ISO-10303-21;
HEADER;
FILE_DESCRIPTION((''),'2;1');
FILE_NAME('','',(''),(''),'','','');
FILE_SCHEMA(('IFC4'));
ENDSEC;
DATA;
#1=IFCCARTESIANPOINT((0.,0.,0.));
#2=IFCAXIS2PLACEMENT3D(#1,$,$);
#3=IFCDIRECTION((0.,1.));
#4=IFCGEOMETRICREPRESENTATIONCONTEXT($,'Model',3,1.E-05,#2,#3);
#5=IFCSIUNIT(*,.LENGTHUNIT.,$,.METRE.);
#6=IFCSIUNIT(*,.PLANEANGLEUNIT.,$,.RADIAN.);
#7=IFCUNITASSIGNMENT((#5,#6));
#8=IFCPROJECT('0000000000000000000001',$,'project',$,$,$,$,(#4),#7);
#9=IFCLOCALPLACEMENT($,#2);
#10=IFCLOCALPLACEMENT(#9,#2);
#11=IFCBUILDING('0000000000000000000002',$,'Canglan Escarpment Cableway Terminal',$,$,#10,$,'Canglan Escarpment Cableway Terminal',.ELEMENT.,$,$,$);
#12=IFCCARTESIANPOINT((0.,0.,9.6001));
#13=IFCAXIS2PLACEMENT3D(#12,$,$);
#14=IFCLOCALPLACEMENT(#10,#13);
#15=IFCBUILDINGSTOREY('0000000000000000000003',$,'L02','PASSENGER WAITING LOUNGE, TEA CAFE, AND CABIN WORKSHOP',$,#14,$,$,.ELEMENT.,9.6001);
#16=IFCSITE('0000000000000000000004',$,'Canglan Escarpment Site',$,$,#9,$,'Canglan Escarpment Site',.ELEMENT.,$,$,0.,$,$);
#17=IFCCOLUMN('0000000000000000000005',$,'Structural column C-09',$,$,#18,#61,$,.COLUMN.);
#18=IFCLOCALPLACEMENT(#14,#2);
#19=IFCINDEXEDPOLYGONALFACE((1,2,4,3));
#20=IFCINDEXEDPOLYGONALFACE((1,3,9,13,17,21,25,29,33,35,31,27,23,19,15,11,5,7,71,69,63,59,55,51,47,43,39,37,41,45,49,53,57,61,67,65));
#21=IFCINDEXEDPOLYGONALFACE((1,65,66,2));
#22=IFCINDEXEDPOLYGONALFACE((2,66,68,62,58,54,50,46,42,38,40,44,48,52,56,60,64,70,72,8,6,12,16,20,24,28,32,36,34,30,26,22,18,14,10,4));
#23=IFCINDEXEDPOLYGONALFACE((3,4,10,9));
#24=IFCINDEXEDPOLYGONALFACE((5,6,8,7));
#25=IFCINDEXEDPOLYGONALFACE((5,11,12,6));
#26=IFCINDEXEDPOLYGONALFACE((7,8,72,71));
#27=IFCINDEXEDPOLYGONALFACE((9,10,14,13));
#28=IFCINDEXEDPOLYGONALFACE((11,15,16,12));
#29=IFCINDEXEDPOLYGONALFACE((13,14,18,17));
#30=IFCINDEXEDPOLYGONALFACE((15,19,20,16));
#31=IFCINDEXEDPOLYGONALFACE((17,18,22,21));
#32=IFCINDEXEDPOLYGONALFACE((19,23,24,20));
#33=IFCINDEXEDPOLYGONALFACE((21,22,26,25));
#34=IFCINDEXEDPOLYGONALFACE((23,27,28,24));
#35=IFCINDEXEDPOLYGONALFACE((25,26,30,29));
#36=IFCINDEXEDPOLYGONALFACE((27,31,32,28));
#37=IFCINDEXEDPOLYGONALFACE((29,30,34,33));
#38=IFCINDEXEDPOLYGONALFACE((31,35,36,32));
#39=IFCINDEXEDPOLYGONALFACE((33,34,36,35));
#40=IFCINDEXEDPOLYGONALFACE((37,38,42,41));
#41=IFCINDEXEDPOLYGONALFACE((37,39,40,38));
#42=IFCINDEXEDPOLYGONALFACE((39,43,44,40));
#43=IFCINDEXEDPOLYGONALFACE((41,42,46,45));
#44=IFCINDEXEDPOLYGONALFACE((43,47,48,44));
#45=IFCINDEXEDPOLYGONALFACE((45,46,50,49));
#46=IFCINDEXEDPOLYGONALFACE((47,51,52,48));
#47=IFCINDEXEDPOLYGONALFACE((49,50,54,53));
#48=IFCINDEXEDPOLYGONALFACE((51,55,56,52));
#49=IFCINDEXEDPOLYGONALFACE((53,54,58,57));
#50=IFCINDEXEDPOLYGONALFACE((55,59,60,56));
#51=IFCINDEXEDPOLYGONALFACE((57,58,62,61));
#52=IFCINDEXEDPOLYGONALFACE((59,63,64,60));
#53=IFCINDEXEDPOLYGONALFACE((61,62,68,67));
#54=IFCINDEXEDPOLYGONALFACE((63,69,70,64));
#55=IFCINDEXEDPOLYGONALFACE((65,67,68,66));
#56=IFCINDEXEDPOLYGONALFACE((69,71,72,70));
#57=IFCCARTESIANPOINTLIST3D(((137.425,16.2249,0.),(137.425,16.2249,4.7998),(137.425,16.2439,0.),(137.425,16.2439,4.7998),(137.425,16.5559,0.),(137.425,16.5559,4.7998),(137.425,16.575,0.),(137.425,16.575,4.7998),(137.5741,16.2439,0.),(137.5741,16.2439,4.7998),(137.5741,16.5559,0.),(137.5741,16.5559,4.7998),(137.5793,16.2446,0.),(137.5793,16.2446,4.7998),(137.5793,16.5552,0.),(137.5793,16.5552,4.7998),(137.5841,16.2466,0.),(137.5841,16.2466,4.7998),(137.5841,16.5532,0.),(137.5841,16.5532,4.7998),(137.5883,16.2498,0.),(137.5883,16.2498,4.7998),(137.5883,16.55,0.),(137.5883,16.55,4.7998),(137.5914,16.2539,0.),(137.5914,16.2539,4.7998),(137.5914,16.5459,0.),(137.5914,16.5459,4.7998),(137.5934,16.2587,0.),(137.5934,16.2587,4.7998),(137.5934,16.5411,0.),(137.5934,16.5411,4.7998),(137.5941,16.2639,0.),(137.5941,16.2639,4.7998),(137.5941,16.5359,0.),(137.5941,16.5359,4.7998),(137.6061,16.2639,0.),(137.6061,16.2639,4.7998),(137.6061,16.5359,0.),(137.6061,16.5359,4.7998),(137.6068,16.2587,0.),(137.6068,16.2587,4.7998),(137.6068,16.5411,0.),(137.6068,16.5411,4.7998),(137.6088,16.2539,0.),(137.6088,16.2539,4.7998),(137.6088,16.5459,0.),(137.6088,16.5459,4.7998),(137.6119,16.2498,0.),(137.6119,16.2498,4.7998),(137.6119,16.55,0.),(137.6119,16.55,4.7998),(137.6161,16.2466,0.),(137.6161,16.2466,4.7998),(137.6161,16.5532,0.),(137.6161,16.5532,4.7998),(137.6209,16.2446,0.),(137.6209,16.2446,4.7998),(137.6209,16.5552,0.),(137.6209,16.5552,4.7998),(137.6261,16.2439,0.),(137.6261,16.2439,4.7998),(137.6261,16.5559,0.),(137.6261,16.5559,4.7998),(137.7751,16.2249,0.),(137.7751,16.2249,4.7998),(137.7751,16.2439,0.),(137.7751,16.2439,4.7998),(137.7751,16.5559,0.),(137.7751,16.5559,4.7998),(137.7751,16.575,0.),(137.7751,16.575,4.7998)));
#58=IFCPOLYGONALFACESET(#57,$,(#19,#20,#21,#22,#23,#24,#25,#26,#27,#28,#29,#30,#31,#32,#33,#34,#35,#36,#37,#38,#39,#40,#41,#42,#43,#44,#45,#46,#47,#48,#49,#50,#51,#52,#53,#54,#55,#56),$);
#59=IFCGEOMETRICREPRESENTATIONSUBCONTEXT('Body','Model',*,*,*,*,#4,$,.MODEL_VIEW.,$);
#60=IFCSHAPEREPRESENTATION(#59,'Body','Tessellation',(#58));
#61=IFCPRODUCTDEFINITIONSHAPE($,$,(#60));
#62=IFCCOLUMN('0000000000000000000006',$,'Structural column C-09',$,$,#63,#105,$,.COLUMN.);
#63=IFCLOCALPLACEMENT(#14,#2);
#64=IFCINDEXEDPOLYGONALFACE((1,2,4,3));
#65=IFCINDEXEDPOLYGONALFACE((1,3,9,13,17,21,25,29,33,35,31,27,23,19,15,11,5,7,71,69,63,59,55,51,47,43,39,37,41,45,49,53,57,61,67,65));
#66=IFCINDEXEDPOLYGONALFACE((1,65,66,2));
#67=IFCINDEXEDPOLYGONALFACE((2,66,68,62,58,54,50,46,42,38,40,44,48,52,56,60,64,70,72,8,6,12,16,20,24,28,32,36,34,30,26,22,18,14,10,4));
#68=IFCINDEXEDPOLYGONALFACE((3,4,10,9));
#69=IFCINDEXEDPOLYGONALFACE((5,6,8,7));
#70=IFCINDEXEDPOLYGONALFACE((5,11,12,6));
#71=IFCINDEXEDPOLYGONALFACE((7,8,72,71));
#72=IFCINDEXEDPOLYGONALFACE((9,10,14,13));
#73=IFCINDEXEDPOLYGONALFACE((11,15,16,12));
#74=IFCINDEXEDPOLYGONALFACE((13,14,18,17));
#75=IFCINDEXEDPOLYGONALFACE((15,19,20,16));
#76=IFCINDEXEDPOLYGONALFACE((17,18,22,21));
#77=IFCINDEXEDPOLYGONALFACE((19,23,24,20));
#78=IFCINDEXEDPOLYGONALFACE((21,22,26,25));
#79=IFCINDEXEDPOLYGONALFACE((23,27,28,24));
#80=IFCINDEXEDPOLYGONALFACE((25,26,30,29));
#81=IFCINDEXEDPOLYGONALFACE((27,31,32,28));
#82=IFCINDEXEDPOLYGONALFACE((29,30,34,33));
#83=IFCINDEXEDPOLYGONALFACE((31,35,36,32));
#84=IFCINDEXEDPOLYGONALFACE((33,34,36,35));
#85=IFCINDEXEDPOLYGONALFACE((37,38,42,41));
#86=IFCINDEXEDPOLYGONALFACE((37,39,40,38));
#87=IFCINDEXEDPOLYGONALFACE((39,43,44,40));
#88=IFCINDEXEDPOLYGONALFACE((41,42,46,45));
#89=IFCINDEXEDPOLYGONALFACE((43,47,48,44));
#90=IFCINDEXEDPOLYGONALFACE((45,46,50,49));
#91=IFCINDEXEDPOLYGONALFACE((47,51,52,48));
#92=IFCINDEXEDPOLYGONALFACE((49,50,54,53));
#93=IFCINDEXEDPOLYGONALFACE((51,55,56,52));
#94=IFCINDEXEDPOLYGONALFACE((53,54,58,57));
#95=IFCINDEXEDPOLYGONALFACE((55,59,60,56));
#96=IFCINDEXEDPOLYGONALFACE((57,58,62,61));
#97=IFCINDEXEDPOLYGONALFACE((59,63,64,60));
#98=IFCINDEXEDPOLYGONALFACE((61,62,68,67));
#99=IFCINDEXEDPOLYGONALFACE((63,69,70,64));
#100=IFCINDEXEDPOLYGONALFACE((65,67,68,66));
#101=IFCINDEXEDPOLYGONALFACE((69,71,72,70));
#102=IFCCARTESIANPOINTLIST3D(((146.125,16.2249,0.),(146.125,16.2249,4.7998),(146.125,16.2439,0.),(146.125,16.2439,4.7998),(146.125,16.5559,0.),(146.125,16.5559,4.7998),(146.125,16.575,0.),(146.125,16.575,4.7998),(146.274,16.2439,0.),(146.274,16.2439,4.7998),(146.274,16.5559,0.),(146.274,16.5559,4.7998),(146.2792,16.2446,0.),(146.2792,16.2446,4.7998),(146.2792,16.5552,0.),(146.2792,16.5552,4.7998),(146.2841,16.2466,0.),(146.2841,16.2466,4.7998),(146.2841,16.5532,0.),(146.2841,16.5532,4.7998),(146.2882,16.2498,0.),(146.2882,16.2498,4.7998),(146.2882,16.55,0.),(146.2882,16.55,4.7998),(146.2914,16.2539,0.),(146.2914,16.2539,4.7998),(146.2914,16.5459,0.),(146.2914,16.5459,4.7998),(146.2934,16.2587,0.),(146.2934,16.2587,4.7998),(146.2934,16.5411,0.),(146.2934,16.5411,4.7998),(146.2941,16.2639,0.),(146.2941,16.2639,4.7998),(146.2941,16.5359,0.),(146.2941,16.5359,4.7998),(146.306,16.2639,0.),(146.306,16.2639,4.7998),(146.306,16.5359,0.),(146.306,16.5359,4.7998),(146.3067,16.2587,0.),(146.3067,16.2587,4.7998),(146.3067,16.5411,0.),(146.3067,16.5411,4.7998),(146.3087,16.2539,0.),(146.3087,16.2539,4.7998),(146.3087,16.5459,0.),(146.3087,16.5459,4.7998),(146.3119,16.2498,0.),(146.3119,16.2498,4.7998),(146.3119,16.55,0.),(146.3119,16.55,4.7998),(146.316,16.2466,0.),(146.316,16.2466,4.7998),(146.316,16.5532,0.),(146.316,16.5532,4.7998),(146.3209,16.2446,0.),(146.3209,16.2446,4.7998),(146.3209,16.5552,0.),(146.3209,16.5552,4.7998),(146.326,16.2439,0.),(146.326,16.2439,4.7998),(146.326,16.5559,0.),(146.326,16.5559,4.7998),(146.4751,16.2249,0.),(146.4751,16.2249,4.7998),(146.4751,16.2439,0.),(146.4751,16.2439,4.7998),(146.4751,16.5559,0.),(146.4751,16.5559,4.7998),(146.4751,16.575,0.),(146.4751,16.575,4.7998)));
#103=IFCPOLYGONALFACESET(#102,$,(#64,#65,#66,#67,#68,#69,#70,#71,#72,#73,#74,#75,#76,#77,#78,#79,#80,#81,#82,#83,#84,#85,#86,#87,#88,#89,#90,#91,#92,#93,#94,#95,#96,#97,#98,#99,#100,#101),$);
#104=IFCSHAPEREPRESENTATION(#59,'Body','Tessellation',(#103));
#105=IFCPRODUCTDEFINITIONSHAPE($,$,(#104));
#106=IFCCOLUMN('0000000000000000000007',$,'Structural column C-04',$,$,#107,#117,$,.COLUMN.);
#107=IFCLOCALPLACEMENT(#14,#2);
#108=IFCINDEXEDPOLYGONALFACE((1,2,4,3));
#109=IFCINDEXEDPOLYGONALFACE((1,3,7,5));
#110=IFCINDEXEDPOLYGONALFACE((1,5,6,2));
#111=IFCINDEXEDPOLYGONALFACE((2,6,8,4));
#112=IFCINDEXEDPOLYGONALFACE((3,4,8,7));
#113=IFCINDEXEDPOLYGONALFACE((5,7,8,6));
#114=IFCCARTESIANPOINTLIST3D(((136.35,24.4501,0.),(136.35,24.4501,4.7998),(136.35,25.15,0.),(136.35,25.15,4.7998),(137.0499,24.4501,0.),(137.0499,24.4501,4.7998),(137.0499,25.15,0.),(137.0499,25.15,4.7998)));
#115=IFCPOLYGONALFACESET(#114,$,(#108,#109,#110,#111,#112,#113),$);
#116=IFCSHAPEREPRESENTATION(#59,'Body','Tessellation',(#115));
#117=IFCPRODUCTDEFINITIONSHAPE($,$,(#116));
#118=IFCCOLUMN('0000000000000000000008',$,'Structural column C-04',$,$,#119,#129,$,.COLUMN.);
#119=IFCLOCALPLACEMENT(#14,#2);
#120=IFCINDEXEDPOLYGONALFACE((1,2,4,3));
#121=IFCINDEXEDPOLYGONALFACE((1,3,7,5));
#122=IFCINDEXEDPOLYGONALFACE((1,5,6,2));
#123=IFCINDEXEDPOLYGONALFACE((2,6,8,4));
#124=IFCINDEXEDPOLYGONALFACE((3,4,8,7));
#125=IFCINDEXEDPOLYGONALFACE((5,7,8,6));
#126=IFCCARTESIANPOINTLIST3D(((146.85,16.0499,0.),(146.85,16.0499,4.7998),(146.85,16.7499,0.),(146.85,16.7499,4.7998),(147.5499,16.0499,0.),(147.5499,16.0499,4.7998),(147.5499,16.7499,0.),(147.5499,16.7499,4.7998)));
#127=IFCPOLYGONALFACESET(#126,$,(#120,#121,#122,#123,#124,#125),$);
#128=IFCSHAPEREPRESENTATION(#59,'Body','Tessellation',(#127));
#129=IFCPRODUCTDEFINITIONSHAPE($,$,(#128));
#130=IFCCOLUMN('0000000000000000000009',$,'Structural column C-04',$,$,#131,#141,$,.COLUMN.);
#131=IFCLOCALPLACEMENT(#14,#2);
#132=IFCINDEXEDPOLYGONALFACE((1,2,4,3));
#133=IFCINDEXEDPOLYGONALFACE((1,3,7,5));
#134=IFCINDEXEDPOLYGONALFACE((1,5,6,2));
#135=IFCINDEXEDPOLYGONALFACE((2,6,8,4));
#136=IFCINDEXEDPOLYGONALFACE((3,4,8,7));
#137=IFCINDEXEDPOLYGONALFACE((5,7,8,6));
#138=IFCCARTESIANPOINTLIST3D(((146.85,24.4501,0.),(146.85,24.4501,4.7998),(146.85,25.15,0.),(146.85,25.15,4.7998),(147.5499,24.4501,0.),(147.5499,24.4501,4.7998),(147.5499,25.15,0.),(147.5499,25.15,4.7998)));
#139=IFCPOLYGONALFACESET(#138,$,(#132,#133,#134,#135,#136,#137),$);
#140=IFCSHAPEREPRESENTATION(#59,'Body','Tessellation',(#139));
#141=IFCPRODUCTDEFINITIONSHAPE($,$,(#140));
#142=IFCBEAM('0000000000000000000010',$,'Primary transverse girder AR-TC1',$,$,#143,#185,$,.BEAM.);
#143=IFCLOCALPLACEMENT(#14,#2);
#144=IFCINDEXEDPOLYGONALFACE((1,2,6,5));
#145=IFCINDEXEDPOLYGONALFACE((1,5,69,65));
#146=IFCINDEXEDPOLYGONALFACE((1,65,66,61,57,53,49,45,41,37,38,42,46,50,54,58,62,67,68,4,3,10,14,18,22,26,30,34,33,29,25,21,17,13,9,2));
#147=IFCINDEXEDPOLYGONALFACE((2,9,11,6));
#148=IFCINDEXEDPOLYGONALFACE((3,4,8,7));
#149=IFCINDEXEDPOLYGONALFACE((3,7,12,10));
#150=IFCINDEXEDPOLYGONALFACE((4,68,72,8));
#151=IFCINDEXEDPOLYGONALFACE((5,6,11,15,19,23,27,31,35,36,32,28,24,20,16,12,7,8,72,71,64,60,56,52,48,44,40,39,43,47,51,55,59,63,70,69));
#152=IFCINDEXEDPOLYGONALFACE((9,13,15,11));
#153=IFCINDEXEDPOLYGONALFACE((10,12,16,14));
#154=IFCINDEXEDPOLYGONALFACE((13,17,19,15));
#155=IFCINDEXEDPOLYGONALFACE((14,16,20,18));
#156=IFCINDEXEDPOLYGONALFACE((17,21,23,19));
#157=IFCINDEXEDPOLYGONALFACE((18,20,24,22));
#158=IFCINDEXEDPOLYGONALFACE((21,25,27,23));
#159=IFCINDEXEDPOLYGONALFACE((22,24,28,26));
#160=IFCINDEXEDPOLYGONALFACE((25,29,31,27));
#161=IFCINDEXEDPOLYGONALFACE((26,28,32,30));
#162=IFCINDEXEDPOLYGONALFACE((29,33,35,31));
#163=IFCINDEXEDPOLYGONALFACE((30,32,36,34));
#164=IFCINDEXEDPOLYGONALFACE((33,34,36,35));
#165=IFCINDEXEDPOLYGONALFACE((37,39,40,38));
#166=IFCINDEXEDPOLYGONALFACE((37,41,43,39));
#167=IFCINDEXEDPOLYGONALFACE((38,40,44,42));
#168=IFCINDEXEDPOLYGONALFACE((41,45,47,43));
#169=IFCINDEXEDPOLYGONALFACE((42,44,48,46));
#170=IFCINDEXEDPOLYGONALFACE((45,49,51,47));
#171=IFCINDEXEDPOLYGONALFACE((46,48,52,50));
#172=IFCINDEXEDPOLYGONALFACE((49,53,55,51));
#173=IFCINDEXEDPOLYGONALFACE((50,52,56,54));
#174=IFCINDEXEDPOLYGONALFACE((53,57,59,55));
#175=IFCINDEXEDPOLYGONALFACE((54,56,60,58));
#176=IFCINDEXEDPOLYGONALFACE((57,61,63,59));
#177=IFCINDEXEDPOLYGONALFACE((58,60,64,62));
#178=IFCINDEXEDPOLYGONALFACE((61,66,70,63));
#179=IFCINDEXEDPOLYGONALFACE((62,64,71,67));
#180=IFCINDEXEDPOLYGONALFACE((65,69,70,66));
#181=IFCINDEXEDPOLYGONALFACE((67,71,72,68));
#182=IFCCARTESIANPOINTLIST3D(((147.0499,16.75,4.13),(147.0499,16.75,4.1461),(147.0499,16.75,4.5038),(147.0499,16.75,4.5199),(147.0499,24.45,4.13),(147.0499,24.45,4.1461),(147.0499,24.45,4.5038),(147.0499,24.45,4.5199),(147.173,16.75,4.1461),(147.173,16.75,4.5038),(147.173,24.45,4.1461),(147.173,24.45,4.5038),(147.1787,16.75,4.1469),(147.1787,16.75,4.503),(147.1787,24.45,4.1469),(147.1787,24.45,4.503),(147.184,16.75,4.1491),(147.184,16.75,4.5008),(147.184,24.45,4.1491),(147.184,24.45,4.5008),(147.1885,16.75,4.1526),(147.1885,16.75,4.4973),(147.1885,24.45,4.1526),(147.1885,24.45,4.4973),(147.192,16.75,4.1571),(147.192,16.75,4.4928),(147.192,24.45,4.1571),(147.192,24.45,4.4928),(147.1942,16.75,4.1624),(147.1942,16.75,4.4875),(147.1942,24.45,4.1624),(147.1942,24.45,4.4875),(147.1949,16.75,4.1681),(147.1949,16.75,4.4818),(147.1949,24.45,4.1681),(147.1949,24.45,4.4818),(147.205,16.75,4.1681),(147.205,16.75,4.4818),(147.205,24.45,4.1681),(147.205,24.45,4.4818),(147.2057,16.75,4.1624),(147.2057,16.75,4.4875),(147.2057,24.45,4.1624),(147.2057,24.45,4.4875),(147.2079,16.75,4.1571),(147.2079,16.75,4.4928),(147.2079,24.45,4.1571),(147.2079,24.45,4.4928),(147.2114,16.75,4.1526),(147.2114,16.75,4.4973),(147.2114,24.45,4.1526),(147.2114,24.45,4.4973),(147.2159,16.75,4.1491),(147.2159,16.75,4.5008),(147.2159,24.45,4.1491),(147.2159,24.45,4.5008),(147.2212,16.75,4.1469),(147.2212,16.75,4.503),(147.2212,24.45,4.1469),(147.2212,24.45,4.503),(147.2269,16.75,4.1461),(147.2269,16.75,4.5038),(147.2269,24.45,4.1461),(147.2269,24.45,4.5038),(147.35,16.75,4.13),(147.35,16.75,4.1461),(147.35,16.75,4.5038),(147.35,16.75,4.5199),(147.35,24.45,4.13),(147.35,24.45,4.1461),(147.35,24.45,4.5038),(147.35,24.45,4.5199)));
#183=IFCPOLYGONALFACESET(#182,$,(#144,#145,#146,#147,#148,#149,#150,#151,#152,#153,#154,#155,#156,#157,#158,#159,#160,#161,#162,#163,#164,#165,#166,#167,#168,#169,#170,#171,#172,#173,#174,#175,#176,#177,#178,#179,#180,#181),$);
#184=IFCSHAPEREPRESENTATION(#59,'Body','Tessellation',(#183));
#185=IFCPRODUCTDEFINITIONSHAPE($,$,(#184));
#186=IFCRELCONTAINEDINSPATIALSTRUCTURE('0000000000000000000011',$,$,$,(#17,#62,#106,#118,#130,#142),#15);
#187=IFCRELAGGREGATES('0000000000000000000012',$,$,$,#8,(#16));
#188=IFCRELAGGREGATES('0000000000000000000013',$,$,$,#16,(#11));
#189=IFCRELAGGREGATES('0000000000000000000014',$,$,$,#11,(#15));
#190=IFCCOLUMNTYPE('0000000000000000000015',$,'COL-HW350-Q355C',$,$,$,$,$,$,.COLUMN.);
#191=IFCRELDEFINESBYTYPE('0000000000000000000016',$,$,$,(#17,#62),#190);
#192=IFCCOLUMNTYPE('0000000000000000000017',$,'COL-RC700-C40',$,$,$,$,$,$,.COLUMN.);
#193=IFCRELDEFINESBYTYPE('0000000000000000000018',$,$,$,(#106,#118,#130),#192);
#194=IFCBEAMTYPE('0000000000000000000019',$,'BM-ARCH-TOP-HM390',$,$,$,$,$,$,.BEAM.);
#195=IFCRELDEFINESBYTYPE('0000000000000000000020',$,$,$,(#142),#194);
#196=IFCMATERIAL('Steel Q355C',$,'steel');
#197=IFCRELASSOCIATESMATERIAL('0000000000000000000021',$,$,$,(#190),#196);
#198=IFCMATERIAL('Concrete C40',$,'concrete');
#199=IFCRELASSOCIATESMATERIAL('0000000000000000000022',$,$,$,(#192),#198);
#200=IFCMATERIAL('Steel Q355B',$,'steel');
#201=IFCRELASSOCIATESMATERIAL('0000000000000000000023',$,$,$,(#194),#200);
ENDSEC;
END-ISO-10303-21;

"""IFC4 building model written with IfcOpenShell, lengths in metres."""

from ifc_helpers import new_model, si_unit, direction, frame, origin, origin_2d, place, context, subcontext, project, spatial, rectangle, i_section, extrude, material, material_profile, profile_set, type_object, element, save


model = new_model("IFC4")

# Units and contexts
model_context = context("Model", 3, precision=1e-05, world=origin(), true_north=direction((0.0, 1.0)))
body_context = subcontext(model_context, "Body", "Model", "MODEL_VIEW")
ifc_project = project(units=[si_unit("LENGTHUNIT", "METRE"), si_unit("PLANEANGLEUNIT", "RADIAN")], contexts=[model_context])

# Site, building, storey
site_placement = place(None, origin())
site = spatial("IfcSite", under=ifc_project, at=site_placement, Name="Canglan Escarpment Site", LongName="Canglan Escarpment Site", CompositionType="ELEMENT", RefElevation=0.0)
building_placement = place(site_placement, origin())
building = spatial("IfcBuilding", under=site, at=building_placement, Name="Canglan Escarpment Cableway Terminal", LongName="Canglan Escarpment Cableway Terminal", CompositionType="ELEMENT")
storey_placement = place(building_placement, frame((0.0, 0.0, 9.6001)))
storey = spatial("IfcBuildingStorey", under=building, at=storey_placement, Name="L02", Description="PASSENGER WAITING LOUNGE, TEA CAFE, AND CABIN WORKSHOP", CompositionType="ELEMENT", Elevation=9.6001)

# Columns
ifc_material_1 = material(Name="Steel Q355C", Category="steel")
ifc_material_profile_1 = material_profile(ifc_material_1, i_section(OverallWidth=0.3501, OverallDepth=0.3501, WebThickness=0.012, FlangeThickness=0.019, FilletRadius=0.02, at=origin_2d()), Name="HW 350x350x12x19")
ifc_profile_set_1 = profile_set([ifc_material_profile_1], Name="Steel Q355C")
column_type_1 = type_object("IfcColumnType", Name="COL-HW350-Q355C", PredefinedType="COLUMN", material=ifc_profile_set_1)
for number, where, z_axis, x_axis, name in (
    (1, (137.6001, 16.3999, 0.0), (0.0, 0.0, 1.0), (1.0, 0.0, 0.0), "Structural column C-09"),
    (2, (146.3, 16.3999, 0.0), (0.0, 0.0, 1.0), (1.0, 0.0, 0.0), "Structural column C-09"),
):
    element("IfcColumn", number, at=place(storey_placement, frame(where, z_axis=z_axis, x_axis=x_axis)), inside=storey, type_object=column_type_1, Name=name, PredefinedType="COLUMN", context=body_context, shape_type="SweptSolid", body=[
        extrude(i_section(OverallWidth=0.3501, OverallDepth=0.3501, WebThickness=0.012, FlangeThickness=0.019, FilletRadius=0.02, at=origin_2d()), origin(), (0.0, 0.0, 1.0), 4.7998),
    ])
ifc_material_2 = material(Name="Concrete C40", Category="concrete")
ifc_material_profile_2 = material_profile(ifc_material_2, rectangle(XDim=0.7, YDim=0.7, at=origin_2d()), Name="RC 700x700")
ifc_profile_set_2 = profile_set([ifc_material_profile_2], Name="Concrete C40")
column_type_2 = type_object("IfcColumnType", Name="COL-RC700-C40", PredefinedType="COLUMN", material=ifc_profile_set_2)
for number, where, z_axis, x_axis, name in (
    (3, (136.7, 24.8, 0.0), (0.0, 0.0, 1.0), (1.0, 0.0, 0.0), "Structural column C-04"),
    (4, (147.2, 16.3999, 0.0), (0.0, 0.0, 1.0), (1.0, 0.0, 0.0), "Structural column C-04"),
    (5, (147.2, 24.8, 0.0), (0.0, 0.0, 1.0), (1.0, 0.0, 0.0), "Structural column C-04"),
):
    element("IfcColumn", number, at=place(storey_placement, frame(where, z_axis=z_axis, x_axis=x_axis)), inside=storey, type_object=column_type_2, Name=name, PredefinedType="COLUMN", context=body_context, shape_type="SweptSolid", body=[
        extrude(rectangle(XDim=0.7, YDim=0.7, at=origin_2d()), origin(), (0.0, 0.0, 1.0), 4.7998),
    ])

# Beam
ifc_material_3 = material(Name="Steel Q355B", Category="steel")
ifc_material_profile_3 = material_profile(ifc_material_3, i_section(OverallWidth=0.3, OverallDepth=0.3899, WebThickness=0.01, FlangeThickness=0.0161, FilletRadius=0.022, at=origin_2d()), Name="HM 390x300x10x16")
ifc_profile_set_3 = profile_set([ifc_material_profile_3], Name="Steel Q355B")
beam_type_1 = type_object("IfcBeamType", Name="BM-ARCH-TOP-HM390", PredefinedType="BEAM", material=ifc_profile_set_3)
beam_1_placement = place(storey_placement, frame((147.2, 16.75, 4.325), z_axis=(0.0, 1.0, 0.0), x_axis=(-1.0, 0.0, 0.0)))
element("IfcBeam", 6, at=beam_1_placement, inside=storey, type_object=beam_type_1, Name="Primary transverse girder AR-TC1", PredefinedType="BEAM", context=body_context, shape_type="SweptSolid", body=[
    extrude(i_section(OverallWidth=0.3, OverallDepth=0.3899, WebThickness=0.01, FlangeThickness=0.0161, FilletRadius=0.022, at=origin_2d()), origin(), (0.0, 0.0, 1.0), 7.7),
])

save(model, "model.ifc")
